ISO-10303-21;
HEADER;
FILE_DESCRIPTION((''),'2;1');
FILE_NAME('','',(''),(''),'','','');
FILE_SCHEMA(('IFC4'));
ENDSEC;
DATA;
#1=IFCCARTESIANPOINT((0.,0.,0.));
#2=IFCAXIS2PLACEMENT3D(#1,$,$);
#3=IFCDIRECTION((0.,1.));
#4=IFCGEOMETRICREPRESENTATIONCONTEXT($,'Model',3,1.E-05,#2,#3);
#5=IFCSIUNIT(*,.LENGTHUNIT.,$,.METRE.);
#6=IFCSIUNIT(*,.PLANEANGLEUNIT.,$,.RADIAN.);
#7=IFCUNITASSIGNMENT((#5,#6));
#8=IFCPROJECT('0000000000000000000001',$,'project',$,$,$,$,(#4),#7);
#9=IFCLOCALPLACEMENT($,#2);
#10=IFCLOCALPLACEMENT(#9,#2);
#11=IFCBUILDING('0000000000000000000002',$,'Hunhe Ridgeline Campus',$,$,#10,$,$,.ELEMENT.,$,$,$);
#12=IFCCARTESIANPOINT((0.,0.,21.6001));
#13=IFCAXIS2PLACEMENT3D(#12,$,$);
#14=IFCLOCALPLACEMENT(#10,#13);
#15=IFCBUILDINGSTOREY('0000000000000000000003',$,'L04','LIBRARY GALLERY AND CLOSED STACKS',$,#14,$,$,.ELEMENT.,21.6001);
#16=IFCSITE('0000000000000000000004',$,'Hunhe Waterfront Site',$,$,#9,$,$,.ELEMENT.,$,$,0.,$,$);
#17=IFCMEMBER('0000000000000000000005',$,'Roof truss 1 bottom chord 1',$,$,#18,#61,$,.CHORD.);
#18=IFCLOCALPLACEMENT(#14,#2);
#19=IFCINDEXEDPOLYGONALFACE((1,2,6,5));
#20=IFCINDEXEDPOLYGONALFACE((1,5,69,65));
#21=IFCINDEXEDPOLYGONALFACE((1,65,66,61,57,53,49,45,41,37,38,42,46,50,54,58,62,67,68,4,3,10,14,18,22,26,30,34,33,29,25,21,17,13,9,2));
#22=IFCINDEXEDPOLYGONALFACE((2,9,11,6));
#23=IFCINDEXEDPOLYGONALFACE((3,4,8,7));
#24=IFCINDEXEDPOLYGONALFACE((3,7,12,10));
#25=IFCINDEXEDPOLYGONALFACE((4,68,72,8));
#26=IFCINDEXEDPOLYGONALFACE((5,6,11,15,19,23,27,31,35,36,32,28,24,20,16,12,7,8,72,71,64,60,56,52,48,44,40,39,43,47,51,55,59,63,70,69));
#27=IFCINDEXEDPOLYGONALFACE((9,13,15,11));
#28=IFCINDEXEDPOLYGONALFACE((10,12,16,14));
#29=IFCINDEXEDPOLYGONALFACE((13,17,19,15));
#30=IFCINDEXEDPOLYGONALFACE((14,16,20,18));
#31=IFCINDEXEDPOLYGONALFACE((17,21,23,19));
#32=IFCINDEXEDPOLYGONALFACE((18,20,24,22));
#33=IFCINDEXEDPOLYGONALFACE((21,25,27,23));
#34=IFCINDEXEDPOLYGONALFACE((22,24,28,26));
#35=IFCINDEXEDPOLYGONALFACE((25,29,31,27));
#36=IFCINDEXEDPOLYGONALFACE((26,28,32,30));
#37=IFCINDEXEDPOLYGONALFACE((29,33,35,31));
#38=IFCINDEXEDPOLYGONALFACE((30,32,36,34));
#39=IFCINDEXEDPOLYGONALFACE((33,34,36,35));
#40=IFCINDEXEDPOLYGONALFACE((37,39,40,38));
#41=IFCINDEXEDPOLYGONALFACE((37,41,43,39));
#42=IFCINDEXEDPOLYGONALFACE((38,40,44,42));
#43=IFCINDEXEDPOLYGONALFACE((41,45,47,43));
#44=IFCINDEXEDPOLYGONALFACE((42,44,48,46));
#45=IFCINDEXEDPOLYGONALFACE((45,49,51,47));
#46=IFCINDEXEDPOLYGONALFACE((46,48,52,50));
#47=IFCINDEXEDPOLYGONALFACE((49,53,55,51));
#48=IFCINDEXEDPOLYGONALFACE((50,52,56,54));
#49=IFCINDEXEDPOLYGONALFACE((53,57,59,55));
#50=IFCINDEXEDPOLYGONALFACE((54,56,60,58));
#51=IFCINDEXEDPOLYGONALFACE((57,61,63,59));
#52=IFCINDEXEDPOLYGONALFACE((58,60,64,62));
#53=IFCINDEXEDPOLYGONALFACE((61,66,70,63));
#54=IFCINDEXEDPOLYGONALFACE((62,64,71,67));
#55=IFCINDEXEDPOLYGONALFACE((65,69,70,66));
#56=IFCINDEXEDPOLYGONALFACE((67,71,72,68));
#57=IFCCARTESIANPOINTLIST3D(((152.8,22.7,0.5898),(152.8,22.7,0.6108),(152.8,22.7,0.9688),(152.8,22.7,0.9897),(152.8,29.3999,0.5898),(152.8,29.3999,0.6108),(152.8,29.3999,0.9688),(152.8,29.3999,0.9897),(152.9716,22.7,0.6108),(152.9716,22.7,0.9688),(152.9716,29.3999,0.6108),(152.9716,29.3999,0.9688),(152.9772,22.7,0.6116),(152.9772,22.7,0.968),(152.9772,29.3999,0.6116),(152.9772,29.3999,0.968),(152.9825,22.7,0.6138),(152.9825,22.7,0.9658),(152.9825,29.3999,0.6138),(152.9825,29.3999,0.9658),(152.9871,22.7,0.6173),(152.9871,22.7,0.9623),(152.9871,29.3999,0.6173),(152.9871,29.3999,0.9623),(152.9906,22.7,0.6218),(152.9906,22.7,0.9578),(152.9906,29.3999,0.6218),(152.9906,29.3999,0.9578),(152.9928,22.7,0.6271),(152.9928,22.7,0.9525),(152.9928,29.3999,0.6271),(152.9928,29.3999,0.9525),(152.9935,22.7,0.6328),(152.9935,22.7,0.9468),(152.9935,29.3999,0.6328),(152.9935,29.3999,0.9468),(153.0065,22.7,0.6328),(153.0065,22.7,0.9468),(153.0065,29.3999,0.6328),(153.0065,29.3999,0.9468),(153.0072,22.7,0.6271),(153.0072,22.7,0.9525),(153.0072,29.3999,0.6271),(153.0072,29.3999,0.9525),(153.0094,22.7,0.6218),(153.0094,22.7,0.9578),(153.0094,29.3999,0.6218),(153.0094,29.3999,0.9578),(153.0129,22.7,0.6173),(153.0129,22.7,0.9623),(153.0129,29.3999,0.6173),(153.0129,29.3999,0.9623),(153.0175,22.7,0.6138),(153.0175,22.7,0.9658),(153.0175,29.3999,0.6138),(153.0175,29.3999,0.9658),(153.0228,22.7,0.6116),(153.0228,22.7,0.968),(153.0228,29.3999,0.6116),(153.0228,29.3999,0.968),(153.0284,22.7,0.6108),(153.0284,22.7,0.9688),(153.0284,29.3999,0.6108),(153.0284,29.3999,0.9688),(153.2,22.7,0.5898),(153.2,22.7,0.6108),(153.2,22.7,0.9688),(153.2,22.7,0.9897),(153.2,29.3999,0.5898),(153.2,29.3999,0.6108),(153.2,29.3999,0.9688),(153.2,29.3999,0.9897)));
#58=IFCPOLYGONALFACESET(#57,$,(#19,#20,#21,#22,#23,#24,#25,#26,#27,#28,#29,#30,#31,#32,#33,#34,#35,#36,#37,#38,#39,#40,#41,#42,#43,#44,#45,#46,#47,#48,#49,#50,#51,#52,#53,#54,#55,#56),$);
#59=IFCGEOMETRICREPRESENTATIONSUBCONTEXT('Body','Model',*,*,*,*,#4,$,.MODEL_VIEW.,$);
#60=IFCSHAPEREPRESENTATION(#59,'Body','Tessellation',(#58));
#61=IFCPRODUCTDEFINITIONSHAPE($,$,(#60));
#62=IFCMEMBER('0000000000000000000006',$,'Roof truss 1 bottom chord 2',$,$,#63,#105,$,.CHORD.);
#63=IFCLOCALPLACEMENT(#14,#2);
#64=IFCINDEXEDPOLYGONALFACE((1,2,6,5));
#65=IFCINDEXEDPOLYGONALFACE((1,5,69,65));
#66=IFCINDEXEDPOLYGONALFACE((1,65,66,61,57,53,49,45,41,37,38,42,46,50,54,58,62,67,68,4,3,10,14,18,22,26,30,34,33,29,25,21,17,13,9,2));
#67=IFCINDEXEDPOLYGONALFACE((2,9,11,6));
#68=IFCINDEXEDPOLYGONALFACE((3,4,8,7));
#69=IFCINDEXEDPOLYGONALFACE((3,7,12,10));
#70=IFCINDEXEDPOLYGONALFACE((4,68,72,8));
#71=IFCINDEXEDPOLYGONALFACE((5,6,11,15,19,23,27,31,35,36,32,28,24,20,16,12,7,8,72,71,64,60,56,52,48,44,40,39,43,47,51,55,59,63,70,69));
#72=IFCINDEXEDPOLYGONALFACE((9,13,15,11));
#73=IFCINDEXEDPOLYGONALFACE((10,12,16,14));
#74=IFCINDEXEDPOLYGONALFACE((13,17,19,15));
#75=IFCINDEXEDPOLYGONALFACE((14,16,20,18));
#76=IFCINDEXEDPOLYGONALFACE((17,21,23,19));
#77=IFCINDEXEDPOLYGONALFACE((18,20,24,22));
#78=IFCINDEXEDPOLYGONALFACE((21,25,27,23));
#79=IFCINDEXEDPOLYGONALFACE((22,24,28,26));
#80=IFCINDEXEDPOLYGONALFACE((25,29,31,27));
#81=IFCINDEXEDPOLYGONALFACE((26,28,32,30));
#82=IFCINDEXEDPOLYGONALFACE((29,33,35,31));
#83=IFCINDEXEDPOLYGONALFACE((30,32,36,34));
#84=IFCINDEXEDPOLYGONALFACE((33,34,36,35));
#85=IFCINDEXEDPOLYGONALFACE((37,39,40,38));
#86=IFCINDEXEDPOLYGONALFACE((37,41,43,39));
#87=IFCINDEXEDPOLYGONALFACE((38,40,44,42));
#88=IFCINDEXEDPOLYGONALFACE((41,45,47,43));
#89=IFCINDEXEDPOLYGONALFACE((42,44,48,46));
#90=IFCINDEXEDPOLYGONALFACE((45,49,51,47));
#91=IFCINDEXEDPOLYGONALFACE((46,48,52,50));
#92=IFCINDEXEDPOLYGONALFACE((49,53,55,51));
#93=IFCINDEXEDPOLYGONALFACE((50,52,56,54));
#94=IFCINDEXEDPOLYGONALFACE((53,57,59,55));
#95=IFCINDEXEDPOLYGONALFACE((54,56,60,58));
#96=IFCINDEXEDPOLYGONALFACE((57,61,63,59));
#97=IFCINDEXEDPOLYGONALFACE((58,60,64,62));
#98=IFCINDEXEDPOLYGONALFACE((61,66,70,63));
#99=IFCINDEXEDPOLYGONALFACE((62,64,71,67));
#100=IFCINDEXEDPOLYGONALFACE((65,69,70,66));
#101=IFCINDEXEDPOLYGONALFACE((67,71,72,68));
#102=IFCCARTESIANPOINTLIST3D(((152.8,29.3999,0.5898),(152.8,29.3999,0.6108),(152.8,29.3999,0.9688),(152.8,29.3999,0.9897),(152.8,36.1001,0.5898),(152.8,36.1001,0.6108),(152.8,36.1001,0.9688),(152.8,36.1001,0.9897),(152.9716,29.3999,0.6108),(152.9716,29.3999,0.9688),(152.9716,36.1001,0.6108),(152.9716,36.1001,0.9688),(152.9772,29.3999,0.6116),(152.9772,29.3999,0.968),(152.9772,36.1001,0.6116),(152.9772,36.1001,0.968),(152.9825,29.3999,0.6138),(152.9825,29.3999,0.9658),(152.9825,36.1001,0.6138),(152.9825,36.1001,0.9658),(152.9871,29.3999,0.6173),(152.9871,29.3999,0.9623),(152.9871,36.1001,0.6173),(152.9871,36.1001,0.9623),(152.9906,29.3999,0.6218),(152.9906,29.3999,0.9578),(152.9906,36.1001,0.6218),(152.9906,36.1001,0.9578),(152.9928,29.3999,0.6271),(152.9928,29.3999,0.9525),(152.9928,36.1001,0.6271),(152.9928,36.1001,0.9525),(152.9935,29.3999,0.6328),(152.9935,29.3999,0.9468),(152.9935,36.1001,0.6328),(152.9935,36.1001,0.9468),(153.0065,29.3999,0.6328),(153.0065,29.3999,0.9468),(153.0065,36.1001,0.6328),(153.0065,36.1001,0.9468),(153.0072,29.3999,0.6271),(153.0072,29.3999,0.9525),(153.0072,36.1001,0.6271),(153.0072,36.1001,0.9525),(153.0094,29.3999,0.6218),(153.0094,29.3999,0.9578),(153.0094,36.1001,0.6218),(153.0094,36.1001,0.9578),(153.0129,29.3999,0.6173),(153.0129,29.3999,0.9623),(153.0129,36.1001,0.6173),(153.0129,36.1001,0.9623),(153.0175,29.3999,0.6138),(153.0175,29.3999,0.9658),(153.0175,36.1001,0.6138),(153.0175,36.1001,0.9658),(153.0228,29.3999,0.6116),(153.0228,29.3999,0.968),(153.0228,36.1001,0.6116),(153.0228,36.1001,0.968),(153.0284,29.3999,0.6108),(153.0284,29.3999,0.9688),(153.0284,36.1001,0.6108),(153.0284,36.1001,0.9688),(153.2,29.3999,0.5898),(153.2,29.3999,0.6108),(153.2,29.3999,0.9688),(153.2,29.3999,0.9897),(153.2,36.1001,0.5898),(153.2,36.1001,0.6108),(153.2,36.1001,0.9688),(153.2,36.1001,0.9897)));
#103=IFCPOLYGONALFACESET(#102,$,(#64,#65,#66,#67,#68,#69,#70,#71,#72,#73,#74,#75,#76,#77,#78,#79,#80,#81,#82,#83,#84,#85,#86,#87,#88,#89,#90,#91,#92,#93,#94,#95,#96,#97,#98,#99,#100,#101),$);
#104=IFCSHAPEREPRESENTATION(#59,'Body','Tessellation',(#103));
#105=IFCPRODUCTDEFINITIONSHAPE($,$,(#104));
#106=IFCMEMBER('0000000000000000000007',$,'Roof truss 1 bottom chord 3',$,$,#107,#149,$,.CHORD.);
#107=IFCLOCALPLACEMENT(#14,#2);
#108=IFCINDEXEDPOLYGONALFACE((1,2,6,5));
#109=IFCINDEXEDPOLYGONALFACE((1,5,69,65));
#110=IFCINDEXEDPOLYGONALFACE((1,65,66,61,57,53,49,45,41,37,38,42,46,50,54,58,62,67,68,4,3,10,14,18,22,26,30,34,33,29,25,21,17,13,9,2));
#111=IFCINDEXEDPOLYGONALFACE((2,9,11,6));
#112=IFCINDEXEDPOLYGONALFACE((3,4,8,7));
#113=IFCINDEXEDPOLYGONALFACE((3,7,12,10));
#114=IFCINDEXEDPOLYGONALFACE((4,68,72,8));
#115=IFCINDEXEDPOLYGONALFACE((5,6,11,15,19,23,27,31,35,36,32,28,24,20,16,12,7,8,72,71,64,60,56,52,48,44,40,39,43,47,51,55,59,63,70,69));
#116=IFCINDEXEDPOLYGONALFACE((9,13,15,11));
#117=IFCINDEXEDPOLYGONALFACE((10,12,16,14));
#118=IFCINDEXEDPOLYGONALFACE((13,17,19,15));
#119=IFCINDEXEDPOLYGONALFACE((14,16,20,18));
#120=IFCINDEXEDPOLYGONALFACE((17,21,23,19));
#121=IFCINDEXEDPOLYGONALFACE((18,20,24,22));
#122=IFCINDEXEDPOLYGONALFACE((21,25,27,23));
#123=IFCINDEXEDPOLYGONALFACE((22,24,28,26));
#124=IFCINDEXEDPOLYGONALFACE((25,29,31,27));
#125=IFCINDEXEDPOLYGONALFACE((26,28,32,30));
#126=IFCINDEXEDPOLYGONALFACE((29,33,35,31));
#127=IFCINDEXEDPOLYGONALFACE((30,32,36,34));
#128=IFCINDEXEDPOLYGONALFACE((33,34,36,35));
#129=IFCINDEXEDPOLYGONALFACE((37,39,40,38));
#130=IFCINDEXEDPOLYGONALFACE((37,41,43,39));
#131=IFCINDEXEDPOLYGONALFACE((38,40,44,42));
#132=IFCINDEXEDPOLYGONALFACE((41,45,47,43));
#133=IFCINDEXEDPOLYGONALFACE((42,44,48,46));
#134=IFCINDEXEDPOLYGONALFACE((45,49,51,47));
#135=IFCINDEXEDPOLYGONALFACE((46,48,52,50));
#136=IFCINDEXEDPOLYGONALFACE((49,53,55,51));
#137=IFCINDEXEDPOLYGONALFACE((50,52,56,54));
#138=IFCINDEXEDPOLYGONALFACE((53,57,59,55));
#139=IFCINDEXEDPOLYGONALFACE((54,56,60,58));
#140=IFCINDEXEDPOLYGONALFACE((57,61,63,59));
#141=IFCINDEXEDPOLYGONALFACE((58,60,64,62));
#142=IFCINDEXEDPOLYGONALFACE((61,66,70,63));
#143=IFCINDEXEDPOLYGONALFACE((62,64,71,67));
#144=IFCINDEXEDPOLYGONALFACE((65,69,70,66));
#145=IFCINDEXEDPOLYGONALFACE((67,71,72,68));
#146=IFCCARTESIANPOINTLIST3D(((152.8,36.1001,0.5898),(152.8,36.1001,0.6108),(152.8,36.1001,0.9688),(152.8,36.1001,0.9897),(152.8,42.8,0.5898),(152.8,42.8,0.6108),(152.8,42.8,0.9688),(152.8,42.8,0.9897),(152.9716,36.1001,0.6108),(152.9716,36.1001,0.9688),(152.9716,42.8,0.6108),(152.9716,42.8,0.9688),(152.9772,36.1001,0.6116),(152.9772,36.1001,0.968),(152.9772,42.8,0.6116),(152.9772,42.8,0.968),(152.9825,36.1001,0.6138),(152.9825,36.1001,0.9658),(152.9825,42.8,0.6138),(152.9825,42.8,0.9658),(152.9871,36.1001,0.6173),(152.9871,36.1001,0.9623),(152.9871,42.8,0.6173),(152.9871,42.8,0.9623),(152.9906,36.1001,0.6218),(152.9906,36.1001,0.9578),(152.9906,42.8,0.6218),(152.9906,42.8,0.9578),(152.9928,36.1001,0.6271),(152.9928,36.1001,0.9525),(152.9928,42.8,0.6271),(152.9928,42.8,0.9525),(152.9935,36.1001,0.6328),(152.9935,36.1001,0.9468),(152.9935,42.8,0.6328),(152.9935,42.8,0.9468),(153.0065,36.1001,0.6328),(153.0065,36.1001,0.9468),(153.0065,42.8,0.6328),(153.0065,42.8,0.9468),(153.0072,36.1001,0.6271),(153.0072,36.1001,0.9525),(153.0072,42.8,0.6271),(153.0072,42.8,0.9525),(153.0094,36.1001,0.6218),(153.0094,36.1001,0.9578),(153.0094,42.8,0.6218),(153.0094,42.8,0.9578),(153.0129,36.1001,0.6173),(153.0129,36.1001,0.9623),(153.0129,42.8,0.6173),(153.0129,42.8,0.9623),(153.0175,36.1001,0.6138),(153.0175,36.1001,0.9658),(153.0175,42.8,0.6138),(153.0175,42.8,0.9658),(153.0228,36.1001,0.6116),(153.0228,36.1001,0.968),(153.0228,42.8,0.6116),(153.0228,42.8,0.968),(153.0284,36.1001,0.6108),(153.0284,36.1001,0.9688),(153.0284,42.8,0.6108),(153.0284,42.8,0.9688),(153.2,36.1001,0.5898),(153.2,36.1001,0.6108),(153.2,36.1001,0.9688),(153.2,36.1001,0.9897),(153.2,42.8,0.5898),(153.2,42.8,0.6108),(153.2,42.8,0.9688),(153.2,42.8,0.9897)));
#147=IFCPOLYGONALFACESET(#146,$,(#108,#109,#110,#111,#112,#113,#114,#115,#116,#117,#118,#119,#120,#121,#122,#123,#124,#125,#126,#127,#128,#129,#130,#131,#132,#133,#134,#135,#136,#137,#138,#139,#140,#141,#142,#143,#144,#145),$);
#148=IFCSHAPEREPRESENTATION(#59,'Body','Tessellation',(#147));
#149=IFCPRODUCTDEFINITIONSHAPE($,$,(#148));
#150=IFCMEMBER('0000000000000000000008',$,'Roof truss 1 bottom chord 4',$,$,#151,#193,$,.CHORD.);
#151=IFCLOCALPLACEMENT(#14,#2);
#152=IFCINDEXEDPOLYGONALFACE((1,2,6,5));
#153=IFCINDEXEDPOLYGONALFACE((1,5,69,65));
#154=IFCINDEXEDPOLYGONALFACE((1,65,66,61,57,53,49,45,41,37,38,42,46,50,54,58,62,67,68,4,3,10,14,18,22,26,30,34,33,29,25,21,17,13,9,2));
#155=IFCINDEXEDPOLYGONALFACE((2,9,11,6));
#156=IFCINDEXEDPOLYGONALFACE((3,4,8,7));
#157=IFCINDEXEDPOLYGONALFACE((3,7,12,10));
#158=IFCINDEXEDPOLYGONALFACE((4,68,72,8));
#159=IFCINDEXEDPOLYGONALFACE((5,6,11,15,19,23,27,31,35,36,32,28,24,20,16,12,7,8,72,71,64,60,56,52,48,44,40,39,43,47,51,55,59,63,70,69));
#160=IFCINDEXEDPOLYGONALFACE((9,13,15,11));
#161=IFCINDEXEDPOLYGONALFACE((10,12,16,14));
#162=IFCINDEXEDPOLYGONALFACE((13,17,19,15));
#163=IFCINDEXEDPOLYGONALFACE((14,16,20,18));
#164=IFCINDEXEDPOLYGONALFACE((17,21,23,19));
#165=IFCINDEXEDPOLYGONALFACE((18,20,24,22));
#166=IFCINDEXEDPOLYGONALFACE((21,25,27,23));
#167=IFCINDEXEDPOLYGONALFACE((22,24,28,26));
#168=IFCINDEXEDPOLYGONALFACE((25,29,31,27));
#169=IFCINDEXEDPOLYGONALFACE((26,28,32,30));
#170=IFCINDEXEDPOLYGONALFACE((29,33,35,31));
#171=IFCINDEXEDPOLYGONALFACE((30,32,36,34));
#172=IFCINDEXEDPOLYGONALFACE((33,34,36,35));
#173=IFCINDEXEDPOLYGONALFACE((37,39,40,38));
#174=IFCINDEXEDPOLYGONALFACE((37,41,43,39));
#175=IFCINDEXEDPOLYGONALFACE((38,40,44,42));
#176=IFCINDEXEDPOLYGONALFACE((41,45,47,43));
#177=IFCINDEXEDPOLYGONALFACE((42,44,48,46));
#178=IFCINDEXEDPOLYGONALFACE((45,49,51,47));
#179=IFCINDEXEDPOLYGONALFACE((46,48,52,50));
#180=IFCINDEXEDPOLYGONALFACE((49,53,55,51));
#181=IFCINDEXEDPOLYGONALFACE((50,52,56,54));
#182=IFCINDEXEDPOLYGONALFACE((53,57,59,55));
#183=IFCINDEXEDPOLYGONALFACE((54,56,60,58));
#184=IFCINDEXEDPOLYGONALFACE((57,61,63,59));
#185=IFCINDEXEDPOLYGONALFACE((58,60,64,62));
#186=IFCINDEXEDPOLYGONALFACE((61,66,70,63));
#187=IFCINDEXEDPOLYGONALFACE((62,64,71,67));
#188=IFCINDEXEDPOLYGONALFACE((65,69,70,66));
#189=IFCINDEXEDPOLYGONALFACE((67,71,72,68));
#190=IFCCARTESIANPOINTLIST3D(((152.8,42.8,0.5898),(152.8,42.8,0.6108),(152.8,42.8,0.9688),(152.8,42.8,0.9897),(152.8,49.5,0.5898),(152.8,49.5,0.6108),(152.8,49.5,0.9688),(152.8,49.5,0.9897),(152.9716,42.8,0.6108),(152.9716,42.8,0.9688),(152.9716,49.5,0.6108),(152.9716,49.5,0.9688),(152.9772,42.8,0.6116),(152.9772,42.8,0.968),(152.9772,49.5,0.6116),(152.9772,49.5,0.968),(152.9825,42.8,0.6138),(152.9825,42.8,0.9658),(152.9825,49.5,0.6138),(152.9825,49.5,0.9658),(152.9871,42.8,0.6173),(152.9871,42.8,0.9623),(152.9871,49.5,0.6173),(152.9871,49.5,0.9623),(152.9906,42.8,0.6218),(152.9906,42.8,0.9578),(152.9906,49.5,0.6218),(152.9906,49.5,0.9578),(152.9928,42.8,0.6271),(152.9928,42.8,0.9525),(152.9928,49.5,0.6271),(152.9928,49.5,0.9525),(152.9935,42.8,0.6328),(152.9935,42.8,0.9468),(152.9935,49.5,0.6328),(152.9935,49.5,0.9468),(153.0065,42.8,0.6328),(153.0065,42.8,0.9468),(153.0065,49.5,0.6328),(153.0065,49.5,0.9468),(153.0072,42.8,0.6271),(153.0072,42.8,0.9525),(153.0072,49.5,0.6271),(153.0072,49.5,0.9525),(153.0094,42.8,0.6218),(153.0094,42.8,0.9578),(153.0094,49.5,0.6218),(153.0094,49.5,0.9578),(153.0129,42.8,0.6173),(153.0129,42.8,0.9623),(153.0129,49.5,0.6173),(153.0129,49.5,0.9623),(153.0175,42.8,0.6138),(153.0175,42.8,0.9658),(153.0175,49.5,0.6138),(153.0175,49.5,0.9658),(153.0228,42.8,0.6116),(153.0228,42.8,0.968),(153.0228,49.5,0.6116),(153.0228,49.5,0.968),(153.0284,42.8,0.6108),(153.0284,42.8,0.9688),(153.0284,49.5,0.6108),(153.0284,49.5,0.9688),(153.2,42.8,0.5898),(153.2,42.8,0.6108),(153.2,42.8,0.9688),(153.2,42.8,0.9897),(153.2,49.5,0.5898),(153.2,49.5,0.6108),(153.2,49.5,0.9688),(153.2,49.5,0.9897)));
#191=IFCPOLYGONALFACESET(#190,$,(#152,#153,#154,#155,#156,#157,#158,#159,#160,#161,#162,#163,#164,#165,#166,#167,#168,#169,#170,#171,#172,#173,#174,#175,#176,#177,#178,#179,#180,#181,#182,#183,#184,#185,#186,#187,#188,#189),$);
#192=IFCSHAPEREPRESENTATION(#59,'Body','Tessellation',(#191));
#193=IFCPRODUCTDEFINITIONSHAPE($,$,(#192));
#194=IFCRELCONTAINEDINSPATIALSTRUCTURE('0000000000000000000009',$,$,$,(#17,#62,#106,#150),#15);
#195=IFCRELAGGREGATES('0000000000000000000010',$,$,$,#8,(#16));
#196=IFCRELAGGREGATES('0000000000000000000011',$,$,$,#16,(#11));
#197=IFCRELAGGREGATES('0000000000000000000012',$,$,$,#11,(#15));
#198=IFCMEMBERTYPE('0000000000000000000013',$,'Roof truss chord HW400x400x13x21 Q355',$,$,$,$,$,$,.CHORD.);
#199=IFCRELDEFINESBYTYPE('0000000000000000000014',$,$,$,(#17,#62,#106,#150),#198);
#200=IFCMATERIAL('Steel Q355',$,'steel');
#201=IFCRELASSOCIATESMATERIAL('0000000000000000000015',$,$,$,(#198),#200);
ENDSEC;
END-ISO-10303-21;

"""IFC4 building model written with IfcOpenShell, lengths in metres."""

from ifc_helpers import new_model, si_unit, direction, frame, origin, origin_2d, place, context, subcontext, project, spatial, i_section, extrude, material, material_profile, profile_set, type_object, element, save


model = new_model("IFC4")

# Units and contexts
model_context = context("Model", 3, precision=1e-05, world=origin(), true_north=direction((0.0, 1.0)))
body_context = subcontext(model_context, "Body", "Model", "MODEL_VIEW")
ifc_project = project(units=[si_unit("LENGTHUNIT", "METRE"), si_unit("PLANEANGLEUNIT", "RADIAN")], contexts=[model_context])

# Site, building, storey
site_placement = place(None, origin())
site = spatial("IfcSite", under=ifc_project, at=site_placement, Name="Hunhe Waterfront Site", CompositionType="ELEMENT", RefElevation=0.0)
building_placement = place(site_placement, origin())
building = spatial("IfcBuilding", under=site, at=building_placement, Name="Hunhe Ridgeline Campus", CompositionType="ELEMENT")
storey_placement = place(building_placement, frame((0.0, 0.0, 21.6001)))
storey = spatial("IfcBuildingStorey", under=building, at=storey_placement, Name="L04", Description="LIBRARY GALLERY AND CLOSED STACKS", CompositionType="ELEMENT", Elevation=21.6001)

# Members
ifc_material_1 = material(Name="Steel Q355", Category="steel")
ifc_material_profile_1 = material_profile(ifc_material_1, i_section(OverallWidth=0.3999, OverallDepth=0.3999, WebThickness=0.0129, FlangeThickness=0.021, FilletRadius=0.022, at=origin_2d()))
ifc_profile_set_1 = profile_set([ifc_material_profile_1], Name="Steel Q355")
member_type_1 = type_object("IfcMemberType", Name="Roof truss chord HW400x400x13x21 Q355", PredefinedType="CHORD", material=ifc_profile_set_1)
member_1_placement = place(storey_placement, frame((153.0, 22.7, 0.7898), z_axis=(0.0, 1.0, 0.0), x_axis=(-1.0, 0.0, 0.0)))
element("IfcMember", 1, at=member_1_placement, inside=storey, type_object=member_type_1, Name="Roof truss 1 bottom chord 1", PredefinedType="CHORD", context=body_context, shape_type="SweptSolid", body=[
    extrude(i_section(OverallWidth=0.3999, OverallDepth=0.3999, WebThickness=0.0129, FlangeThickness=0.021, FilletRadius=0.022, at=origin_2d()), origin(), (0.0, 0.0, 1.0), 6.7),
])
member_2_placement = place(storey_placement, frame((153.0, 29.3999, 0.7898), z_axis=(0.0, 1.0, 0.0), x_axis=(-1.0, 0.0, 0.0)))
element("IfcMember", 2, at=member_2_placement, inside=storey, type_object=member_type_1, Name="Roof truss 1 bottom chord 2", PredefinedType="CHORD", context=body_context, shape_type="SweptSolid", body=[
    extrude(i_section(OverallWidth=0.3999, OverallDepth=0.3999, WebThickness=0.0129, FlangeThickness=0.021, FilletRadius=0.022, at=origin_2d()), origin(), (0.0, 0.0, 1.0), 6.7002),
])
for number, where, z_axis, x_axis, name in (
    (3, (153.0, 36.1001, 0.7898), (0.0, 1.0, 0.0), (-1.0, 0.0, 0.0), "Roof truss 1 bottom chord 3"),
    (4, (153.0, 42.8, 0.7898), (0.0, 1.0, 0.0), (-1.0, 0.0, 0.0), "Roof truss 1 bottom chord 4"),
):
    element("IfcMember", number, at=place(storey_placement, frame(where, z_axis=z_axis, x_axis=x_axis)), inside=storey, type_object=member_type_1, Name=name, PredefinedType="CHORD", context=body_context, shape_type="SweptSolid", body=[
        extrude(i_section(OverallWidth=0.3999, OverallDepth=0.3999, WebThickness=0.0129, FlangeThickness=0.021, FilletRadius=0.022, at=origin_2d()), origin(), (0.0, 0.0, 1.0), 6.7),
    ])

save(model, "model.ifc")
